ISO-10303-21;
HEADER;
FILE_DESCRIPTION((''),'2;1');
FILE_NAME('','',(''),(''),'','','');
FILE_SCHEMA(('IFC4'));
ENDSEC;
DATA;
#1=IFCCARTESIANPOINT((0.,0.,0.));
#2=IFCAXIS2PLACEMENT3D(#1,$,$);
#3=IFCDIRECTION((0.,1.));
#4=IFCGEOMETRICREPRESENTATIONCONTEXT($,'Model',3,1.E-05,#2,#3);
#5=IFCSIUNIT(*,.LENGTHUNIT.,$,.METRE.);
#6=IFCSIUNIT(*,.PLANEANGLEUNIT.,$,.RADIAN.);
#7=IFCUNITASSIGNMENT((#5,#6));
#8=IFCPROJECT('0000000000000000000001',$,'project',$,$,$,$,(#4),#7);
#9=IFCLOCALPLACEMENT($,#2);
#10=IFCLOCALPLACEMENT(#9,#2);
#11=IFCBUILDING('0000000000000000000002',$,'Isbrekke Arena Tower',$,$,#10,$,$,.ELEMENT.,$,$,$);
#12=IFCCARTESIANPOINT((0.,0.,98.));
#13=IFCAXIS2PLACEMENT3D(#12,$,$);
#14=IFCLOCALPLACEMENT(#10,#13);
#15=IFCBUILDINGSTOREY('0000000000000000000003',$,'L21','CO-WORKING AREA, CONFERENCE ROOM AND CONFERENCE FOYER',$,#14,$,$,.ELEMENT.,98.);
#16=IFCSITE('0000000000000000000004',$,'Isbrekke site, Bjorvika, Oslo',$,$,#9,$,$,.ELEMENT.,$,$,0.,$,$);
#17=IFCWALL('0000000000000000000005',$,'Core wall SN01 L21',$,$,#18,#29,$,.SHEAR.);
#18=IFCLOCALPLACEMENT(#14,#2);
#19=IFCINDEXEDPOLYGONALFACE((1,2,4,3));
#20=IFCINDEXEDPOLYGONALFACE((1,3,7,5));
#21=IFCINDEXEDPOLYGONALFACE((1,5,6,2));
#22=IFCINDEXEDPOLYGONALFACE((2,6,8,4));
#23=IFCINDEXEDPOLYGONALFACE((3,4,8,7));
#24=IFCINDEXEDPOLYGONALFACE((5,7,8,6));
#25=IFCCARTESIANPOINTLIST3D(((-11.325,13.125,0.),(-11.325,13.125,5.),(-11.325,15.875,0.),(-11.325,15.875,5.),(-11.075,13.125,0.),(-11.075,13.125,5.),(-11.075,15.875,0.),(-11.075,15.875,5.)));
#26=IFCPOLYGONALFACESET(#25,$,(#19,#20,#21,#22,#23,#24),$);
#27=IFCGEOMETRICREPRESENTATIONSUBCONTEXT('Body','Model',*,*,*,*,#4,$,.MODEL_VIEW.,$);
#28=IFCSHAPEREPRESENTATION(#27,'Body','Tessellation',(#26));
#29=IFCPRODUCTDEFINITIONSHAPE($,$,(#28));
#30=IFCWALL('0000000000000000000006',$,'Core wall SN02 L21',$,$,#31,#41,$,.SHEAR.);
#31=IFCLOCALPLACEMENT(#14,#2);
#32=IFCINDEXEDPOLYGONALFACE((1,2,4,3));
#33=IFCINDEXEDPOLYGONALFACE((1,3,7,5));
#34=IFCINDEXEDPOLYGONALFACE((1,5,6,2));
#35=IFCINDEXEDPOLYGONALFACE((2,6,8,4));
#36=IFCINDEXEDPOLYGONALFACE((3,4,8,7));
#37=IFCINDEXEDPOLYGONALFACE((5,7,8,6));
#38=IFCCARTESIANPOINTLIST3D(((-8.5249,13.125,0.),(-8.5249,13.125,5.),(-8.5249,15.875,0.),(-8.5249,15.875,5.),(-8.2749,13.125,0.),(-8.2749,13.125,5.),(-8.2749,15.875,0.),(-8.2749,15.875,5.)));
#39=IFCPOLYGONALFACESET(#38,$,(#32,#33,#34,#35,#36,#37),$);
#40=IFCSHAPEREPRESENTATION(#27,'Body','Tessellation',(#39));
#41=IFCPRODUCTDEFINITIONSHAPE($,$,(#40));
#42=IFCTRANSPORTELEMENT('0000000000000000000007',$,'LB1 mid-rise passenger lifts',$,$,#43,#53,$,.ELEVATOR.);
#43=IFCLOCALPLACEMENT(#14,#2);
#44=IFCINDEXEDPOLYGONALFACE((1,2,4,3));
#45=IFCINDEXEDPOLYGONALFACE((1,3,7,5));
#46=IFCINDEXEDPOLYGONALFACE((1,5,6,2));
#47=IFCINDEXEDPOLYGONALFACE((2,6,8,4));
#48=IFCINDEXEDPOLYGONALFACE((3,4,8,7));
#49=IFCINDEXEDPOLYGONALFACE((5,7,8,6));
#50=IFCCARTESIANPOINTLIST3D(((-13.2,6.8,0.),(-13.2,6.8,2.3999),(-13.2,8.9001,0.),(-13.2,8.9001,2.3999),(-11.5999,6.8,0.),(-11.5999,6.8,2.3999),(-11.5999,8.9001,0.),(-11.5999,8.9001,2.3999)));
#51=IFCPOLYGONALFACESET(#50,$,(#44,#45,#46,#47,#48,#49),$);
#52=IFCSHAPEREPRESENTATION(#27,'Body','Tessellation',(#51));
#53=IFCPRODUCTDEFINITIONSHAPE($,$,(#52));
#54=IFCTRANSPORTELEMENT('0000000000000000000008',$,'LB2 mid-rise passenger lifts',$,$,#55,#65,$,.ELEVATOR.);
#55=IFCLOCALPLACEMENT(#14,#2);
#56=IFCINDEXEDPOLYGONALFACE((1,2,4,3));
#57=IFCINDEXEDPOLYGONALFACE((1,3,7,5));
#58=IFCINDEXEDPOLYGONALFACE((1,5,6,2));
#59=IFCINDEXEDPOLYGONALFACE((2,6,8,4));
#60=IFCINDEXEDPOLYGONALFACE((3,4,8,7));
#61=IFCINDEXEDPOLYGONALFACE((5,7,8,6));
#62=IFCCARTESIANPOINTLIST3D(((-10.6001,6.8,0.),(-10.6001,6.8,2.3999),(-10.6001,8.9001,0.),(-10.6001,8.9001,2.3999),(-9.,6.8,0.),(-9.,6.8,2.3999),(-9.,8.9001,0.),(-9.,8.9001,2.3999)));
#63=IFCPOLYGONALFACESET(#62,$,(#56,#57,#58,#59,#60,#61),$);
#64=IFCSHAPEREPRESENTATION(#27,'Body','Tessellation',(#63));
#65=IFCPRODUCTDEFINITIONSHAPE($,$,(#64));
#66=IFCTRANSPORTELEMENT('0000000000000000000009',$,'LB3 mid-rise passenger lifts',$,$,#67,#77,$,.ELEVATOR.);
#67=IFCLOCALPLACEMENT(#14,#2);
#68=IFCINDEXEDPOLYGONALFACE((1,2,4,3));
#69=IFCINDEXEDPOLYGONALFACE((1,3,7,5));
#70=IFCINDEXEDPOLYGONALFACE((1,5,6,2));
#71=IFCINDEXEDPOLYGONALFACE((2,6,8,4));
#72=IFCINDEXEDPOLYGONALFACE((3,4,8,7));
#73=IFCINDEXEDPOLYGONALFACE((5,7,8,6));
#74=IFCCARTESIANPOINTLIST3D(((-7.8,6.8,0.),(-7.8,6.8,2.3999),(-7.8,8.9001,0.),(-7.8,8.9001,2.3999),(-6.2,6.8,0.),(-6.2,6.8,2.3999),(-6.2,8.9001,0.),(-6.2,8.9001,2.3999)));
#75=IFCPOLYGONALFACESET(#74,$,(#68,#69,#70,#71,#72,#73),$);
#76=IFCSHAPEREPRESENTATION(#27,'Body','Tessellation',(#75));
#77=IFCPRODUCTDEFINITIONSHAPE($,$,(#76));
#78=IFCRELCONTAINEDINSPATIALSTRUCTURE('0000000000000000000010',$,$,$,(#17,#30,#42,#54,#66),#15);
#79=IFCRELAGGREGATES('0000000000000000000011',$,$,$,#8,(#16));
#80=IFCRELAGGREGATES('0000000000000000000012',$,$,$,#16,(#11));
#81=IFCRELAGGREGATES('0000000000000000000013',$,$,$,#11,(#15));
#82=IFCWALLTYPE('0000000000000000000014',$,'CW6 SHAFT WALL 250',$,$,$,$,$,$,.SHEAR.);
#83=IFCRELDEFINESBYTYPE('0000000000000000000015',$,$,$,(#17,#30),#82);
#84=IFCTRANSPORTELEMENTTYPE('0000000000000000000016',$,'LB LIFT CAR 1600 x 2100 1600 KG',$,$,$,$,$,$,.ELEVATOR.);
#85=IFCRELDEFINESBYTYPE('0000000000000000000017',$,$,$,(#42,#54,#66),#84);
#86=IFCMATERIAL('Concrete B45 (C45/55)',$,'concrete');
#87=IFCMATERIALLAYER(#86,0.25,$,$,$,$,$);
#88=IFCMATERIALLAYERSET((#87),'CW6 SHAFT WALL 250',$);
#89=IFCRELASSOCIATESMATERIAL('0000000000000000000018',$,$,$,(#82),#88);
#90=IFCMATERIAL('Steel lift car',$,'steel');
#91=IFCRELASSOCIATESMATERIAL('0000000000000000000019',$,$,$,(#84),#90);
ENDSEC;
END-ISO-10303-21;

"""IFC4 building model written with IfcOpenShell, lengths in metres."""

from ifc_helpers import new_model, si_unit, direction, frame, frame_2d, origin, origin_2d, place, context, subcontext, project, spatial, rectangle, extrude, material, layer, layer_set, type_object, element, save


model = new_model("IFC4")

# Units and contexts
model_context = context("Model", 3, precision=1e-05, world=origin(), true_north=direction((0.0, 1.0)))
body_context = subcontext(model_context, "Body", "Model", "MODEL_VIEW")
ifc_project = project(units=[si_unit("LENGTHUNIT", "METRE"), si_unit("PLANEANGLEUNIT", "RADIAN")], contexts=[model_context])

# Site, building, storey
site_placement = place(None, origin())
site = spatial("IfcSite", under=ifc_project, at=site_placement, Name="Isbrekke site, Bjorvika, Oslo", CompositionType="ELEMENT", RefElevation=0.0)
building_placement = place(site_placement, origin())
building = spatial("IfcBuilding", under=site, at=building_placement, Name="Isbrekke Arena Tower", CompositionType="ELEMENT")
storey_placement = place(building_placement, frame((0.0, 0.0, 98.0)))
storey = spatial("IfcBuildingStorey", under=building, at=storey_placement, Name="L21", Description="CO-WORKING AREA, CONFERENCE ROOM AND CONFERENCE FOYER", CompositionType="ELEMENT", Elevation=98.0)

# Shared definitions
ifc_material_1 = material(Name="Concrete B45 (C45/55)", Category="concrete")
ifc_layer_1 = layer(ifc_material_1, 0.25)
ifc_layer_set_1 = layer_set([ifc_layer_1], Name="CW6 SHAFT WALL 250")
wall_type_1 = type_object("IfcWallType", Name="CW6 SHAFT WALL 250", PredefinedType="SHEAR", material=ifc_layer_set_1)

# Walls
for number, where, z_axis, x_axis, name in (
    (1, (-11.2, 13.125, 0.0), (0.0, 0.0, 1.0), (0.0, 1.0, 0.0), "Core wall SN01 L21"),
    (2, (-8.3999, 13.125, 0.0), (0.0, 0.0, 1.0), (0.0, 1.0, 0.0), "Core wall SN02 L21"),
):
    element("IfcWall", number, at=place(storey_placement, frame(where, z_axis=z_axis, x_axis=x_axis)), inside=storey, type_object=wall_type_1, Name=name, PredefinedType="SHEAR", context=body_context, shape_type="SweptSolid", body=[
        extrude(rectangle(XDim=2.75, YDim=0.25, at=frame_2d((1.375, 0.0))), origin(), (0.0, 0.0, 1.0), 5.0),
    ])

# Transport elements
ifc_material_2 = material(Name="Steel lift car", Category="steel")
transport_element_type = type_object("IfcTransportElementType", Name="LB LIFT CAR 1600 x 2100 1600 KG", PredefinedType="ELEVATOR", material=ifc_material_2)
for number, where, z_axis, x_axis, name in (
    (3, (-12.3999, 7.8501, 0.0), (0.0, 0.0, 1.0), (1.0, 0.0, 0.0), "LB1 mid-rise passenger lifts"),
    (4, (-9.8, 7.8501, 0.0), (0.0, 0.0, 1.0), (1.0, 0.0, 0.0), "LB2 mid-rise passenger lifts"),
    (5, (-7.0, 7.8501, 0.0), (0.0, 0.0, 1.0), (1.0, 0.0, 0.0), "LB3 mid-rise passenger lifts"),
):
    element("IfcTransportElement", number, at=place(storey_placement, frame(where, z_axis=z_axis, x_axis=x_axis)), inside=storey, type_object=transport_element_type, Name=name, PredefinedType="ELEVATOR", context=body_context, shape_type="SweptSolid", body=[
        extrude(rectangle(XDim=1.6001, YDim=2.1001, at=origin_2d()), origin(), (0.0, 0.0, 1.0), 2.3999),
    ])

save(model, "model.ifc")
